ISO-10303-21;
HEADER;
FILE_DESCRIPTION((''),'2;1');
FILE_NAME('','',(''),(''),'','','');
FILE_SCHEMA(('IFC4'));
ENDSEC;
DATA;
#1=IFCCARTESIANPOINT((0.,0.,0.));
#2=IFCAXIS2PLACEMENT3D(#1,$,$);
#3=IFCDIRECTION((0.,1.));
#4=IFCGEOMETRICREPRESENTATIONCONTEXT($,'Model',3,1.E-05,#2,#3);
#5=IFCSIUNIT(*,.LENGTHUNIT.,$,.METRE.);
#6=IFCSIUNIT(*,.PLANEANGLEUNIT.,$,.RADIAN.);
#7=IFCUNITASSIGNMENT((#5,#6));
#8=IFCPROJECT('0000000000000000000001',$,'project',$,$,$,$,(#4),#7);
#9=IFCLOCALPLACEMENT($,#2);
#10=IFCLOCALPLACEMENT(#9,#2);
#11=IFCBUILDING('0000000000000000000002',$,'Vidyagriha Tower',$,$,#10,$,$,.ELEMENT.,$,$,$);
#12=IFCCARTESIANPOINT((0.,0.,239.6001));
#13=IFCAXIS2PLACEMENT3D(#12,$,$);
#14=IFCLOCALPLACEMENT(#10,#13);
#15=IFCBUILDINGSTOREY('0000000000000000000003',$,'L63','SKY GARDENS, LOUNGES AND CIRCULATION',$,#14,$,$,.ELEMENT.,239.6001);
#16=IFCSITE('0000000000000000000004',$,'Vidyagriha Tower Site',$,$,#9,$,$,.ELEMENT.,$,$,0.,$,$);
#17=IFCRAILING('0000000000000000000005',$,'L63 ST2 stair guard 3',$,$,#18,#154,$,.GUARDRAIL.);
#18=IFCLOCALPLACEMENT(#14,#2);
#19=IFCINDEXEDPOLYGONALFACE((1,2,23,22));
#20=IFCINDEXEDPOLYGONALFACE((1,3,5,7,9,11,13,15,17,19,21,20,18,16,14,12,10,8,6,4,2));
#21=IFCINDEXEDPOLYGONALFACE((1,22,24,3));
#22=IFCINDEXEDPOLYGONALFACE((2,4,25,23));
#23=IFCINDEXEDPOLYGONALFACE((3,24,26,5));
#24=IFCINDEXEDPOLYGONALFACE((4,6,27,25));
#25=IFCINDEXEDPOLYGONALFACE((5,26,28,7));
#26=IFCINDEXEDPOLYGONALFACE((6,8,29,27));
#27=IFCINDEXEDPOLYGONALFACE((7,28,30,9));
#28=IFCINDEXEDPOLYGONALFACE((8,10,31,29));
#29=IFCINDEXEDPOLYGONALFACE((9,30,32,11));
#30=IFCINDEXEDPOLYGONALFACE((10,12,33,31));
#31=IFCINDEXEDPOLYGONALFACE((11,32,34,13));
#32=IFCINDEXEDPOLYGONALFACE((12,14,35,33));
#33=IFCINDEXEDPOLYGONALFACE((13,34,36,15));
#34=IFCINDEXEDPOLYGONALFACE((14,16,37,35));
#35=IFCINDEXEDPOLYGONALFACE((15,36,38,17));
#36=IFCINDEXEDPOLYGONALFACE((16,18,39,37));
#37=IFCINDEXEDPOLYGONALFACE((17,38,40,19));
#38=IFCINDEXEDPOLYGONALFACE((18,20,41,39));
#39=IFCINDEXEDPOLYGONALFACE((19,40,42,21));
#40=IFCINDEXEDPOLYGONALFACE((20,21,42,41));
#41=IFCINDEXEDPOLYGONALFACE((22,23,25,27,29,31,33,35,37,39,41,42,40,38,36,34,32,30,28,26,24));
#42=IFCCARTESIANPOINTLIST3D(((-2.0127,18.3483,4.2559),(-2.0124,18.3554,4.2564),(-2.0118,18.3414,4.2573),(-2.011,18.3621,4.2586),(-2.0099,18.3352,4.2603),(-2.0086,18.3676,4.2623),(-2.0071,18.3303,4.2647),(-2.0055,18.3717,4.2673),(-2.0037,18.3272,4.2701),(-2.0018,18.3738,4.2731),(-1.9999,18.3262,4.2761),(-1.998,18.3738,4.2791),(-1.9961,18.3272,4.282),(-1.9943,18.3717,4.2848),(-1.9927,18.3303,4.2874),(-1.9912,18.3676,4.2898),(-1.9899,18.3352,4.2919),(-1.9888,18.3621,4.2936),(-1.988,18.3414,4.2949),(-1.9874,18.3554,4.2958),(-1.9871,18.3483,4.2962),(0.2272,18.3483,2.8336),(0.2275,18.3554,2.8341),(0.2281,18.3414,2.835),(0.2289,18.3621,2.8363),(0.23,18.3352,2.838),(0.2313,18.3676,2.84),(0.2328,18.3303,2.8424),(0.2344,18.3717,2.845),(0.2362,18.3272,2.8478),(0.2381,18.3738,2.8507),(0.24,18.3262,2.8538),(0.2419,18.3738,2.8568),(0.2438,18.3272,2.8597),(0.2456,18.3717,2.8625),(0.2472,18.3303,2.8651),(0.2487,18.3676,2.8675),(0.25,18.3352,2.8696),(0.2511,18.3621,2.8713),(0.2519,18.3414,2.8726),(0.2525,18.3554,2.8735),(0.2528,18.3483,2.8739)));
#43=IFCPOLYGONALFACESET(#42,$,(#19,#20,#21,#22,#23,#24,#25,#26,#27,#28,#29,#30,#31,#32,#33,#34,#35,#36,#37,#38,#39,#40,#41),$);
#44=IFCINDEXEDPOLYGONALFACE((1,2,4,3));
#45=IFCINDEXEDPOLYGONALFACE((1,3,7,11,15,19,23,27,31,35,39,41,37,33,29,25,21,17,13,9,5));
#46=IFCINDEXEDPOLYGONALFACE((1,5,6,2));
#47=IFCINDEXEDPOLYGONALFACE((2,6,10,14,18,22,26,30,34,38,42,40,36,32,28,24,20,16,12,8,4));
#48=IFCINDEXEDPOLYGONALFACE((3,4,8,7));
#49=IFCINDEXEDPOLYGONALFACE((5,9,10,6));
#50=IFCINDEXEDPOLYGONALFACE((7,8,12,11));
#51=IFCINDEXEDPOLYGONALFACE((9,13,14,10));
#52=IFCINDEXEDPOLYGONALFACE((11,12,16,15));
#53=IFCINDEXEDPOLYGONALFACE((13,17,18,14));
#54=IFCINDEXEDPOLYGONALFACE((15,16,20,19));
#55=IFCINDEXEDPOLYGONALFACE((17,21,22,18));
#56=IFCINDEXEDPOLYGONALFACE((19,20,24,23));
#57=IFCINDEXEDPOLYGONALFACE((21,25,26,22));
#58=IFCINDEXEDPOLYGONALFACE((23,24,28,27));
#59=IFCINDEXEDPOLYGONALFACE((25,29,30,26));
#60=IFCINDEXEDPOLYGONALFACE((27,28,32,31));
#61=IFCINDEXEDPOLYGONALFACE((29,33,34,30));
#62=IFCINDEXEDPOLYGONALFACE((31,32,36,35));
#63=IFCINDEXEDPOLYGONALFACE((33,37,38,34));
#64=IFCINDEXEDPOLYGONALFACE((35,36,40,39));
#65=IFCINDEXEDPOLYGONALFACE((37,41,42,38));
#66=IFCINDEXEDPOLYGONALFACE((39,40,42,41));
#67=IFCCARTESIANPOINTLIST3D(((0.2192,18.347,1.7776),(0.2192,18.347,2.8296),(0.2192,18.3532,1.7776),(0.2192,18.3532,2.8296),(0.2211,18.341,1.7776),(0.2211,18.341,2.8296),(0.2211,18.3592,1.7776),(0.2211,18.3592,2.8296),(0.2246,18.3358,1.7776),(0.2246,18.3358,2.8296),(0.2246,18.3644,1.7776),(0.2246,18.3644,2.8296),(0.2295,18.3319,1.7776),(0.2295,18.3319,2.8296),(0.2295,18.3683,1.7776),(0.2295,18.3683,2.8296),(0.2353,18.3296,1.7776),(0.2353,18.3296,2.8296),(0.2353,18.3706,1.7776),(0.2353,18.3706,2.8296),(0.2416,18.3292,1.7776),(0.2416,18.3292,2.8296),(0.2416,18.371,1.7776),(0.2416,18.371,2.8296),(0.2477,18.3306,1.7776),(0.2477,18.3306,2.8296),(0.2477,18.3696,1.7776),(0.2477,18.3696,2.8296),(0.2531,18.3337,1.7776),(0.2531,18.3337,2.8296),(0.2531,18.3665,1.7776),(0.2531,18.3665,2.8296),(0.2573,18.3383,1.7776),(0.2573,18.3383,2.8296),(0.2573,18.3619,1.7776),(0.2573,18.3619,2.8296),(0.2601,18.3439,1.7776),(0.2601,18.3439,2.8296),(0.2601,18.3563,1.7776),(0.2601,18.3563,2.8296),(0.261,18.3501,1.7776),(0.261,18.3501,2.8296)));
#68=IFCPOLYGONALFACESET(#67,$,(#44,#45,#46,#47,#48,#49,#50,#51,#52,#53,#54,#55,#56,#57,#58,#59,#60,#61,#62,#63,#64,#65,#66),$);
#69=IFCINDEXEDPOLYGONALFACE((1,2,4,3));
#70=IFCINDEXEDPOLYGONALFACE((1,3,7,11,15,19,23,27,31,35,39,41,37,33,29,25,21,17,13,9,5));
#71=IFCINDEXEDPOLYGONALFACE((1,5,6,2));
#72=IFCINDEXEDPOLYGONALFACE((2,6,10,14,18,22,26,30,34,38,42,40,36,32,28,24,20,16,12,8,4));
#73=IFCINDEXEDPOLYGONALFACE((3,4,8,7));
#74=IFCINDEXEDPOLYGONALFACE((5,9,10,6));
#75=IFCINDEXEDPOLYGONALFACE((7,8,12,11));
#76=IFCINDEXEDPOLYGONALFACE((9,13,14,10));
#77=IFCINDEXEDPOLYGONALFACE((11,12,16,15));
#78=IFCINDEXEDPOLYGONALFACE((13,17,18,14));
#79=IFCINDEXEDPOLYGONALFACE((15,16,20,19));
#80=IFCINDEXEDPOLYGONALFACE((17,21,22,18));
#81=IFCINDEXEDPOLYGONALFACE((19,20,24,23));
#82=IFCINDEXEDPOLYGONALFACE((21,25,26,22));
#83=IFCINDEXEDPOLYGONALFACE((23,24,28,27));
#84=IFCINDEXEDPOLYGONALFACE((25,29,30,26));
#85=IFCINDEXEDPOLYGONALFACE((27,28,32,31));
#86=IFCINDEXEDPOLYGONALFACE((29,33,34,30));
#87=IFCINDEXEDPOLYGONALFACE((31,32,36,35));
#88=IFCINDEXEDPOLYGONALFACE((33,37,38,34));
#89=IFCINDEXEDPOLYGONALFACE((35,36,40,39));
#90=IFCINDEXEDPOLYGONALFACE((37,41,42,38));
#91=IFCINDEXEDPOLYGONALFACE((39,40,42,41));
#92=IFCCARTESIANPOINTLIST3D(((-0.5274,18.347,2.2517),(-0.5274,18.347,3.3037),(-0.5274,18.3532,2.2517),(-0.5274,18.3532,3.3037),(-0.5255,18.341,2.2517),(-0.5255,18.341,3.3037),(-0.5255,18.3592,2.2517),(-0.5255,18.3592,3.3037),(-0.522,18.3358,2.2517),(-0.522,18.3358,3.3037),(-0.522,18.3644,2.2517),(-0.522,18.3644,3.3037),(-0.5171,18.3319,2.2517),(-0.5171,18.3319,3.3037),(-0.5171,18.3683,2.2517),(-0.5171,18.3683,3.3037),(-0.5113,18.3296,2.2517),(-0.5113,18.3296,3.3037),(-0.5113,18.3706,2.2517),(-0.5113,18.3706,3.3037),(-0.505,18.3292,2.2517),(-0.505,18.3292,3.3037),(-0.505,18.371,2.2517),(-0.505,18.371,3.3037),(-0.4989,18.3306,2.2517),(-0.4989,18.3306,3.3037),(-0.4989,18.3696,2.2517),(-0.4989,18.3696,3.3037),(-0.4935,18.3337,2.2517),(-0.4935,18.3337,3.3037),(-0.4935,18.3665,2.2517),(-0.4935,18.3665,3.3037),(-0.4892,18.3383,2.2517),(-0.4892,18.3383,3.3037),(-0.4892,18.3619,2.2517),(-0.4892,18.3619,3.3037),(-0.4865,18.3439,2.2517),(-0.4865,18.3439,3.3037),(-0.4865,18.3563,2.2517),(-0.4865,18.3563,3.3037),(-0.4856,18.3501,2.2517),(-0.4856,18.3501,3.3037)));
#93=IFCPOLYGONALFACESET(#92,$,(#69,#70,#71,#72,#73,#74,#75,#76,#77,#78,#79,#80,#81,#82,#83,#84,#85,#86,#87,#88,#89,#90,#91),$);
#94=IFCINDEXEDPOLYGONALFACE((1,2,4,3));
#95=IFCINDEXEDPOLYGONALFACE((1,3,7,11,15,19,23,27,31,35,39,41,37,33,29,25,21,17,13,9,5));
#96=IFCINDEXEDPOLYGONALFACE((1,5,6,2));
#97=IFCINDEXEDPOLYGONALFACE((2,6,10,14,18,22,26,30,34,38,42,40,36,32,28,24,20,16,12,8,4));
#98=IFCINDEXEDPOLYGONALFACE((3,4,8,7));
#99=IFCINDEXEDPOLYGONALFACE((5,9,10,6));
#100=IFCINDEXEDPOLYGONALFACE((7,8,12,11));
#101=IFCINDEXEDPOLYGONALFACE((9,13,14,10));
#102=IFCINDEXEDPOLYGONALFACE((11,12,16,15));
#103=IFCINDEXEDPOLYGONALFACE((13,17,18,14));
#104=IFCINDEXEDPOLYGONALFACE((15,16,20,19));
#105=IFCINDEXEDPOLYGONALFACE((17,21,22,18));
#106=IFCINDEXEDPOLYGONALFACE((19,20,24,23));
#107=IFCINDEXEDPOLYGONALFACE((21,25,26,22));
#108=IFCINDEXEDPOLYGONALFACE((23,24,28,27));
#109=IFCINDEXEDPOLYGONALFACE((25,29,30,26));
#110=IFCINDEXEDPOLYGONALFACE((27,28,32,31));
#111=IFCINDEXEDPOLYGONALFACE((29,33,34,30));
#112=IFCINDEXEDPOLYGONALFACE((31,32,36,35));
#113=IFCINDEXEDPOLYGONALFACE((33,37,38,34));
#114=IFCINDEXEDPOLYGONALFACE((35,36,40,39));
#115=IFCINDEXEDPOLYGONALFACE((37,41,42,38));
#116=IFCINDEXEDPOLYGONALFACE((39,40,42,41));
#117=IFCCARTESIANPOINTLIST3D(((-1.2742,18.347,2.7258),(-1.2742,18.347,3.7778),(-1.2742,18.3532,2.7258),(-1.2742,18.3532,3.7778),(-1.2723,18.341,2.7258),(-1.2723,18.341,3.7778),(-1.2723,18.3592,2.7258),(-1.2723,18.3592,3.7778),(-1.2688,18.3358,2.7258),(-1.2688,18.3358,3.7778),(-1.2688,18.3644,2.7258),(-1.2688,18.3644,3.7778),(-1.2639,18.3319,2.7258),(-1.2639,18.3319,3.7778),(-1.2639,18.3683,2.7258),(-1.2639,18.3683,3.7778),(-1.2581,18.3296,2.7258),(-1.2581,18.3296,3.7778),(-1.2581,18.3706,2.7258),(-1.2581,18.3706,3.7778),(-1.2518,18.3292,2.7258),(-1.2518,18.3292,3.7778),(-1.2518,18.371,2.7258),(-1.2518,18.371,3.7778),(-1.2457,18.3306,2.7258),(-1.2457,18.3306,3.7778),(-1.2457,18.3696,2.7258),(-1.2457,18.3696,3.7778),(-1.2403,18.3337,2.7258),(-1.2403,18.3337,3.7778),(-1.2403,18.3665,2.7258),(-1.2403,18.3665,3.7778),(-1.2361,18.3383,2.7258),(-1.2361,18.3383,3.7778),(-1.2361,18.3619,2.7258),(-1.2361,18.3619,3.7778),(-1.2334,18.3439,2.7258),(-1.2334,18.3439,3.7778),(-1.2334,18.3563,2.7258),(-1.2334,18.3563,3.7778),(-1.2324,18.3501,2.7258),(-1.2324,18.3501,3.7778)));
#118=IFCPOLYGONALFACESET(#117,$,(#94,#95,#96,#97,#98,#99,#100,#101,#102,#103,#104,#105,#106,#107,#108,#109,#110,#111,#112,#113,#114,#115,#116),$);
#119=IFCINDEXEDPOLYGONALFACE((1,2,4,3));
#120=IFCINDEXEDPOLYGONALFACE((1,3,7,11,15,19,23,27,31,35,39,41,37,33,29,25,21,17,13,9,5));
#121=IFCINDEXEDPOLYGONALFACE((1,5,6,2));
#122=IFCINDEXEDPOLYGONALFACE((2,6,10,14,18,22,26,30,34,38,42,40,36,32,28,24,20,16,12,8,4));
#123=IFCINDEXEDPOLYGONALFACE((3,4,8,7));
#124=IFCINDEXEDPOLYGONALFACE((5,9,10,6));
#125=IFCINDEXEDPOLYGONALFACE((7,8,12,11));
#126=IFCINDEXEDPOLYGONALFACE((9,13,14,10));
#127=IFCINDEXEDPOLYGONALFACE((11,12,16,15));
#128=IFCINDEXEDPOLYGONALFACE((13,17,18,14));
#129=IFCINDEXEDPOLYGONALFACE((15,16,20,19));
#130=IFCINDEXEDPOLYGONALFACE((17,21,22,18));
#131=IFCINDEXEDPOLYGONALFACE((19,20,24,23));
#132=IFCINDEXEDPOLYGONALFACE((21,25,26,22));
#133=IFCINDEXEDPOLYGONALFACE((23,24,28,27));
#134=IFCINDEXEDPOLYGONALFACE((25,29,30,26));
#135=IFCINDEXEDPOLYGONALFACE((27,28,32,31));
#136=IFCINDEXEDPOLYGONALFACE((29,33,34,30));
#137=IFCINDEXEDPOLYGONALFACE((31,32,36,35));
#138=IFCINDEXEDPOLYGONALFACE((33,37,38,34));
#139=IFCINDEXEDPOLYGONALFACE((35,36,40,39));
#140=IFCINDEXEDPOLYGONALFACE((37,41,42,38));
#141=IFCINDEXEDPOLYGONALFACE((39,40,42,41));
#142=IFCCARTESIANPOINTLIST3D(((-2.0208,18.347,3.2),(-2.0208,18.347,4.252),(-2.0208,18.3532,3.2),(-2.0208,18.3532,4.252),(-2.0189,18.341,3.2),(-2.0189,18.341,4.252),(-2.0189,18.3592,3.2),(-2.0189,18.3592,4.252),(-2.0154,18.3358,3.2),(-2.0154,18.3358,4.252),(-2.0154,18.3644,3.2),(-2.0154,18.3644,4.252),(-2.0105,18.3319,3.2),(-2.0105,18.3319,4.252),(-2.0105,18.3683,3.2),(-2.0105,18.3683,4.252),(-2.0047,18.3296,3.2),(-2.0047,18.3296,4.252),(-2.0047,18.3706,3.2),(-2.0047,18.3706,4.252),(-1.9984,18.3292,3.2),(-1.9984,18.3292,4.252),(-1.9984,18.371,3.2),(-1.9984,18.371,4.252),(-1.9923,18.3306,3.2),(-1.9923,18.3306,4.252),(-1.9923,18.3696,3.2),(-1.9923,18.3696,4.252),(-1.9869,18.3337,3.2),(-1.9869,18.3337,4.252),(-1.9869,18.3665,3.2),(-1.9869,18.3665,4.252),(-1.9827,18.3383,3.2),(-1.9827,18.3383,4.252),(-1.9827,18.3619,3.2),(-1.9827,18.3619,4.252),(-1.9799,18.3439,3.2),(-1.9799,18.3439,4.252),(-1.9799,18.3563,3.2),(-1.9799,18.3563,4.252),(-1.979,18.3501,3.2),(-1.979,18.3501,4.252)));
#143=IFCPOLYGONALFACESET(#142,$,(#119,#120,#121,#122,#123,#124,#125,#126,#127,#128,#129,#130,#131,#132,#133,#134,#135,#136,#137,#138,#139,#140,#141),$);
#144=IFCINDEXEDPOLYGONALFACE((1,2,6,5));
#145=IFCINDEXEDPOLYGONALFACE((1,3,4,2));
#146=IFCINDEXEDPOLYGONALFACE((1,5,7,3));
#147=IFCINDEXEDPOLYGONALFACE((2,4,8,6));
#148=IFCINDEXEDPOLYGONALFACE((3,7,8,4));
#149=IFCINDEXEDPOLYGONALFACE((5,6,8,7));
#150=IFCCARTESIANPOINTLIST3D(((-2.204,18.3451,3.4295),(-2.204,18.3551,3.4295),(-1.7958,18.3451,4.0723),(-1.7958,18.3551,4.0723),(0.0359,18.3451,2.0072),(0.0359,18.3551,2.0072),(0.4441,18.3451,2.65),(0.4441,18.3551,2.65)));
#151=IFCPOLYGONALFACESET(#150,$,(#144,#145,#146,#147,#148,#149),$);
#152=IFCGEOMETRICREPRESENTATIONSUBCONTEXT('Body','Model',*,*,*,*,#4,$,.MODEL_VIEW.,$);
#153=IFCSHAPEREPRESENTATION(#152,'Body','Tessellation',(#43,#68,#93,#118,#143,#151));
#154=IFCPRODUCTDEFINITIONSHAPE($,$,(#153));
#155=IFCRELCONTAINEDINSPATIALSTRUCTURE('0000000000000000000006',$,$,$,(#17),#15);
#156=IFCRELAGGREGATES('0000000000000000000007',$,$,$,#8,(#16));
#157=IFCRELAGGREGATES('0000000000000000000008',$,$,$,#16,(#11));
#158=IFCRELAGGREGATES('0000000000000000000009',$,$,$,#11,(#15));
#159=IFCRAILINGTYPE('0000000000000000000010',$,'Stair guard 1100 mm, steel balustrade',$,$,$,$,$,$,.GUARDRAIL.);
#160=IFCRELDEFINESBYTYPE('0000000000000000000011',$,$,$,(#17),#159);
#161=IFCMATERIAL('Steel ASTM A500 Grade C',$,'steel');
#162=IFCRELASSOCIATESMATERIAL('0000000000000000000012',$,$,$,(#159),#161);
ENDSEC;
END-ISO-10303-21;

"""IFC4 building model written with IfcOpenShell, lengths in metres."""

from ifc_helpers import new_model, si_unit, direction, frame, origin, origin_2d, place, context, subcontext, project, spatial, rectangle, circle, extrude, material, type_object, element, save


model = new_model("IFC4")

# Units and contexts
model_context = context("Model", 3, precision=1e-05, world=origin(), true_north=direction((0.0, 1.0)))
body_context = subcontext(model_context, "Body", "Model", "MODEL_VIEW")
ifc_project = project(units=[si_unit("LENGTHUNIT", "METRE"), si_unit("PLANEANGLEUNIT", "RADIAN")], contexts=[model_context])

# Site, building, storey
site_placement = place(None, origin())
site = spatial("IfcSite", under=ifc_project, at=site_placement, Name="Vidyagriha Tower Site", CompositionType="ELEMENT", RefElevation=0.0)
building_placement = place(site_placement, origin())
building = spatial("IfcBuilding", under=site, at=building_placement, Name="Vidyagriha Tower", CompositionType="ELEMENT")
storey_placement = place(building_placement, frame((0.0, 0.0, 239.6001)))
storey = spatial("IfcBuildingStorey", under=building, at=storey_placement, Name="L63", Description="SKY GARDENS, LOUNGES AND CIRCULATION", CompositionType="ELEMENT", Elevation=239.6001)

# Railing
ifc_material_1 = material(Name="Steel ASTM A500 Grade C", Category="steel")
railing_type_1 = type_object("IfcRailingType", Name="Stair guard 1100 mm, steel balustrade", PredefinedType="GUARDRAIL", material=ifc_material_1)
railing_1_placement = place(storey_placement, frame((0.24, 18.3501, 1.7776)))
element("IfcRailing", 1, at=railing_1_placement, inside=storey, type_object=railing_type_1, Name="L63 ST2 stair guard 3", PredefinedType="GUARDRAIL", context=body_context, shape_type="SweptSolid", body=[
    extrude(circle(Radius=0.0239, at=origin_2d()), frame((0.0, 0.0, 1.0762), z_axis=(-0.844188, 0.0, 0.536048), x_axis=(0.0, -1.0, 0.0)), (0.0, 0.0, 1.0), 2.6533),
    extrude(circle(Radius=0.021, at=origin_2d()), origin(), (0.0, 0.0, 1.0), 1.052),
    extrude(circle(Radius=0.021, at=origin_2d()), frame((-0.7466, 0.0, 0.4741)), (0.0, 0.0, 1.0), 1.052),
    extrude(circle(Radius=0.021, at=origin_2d()), frame((-1.4934, 0.0, 0.9482)), (0.0, 0.0, 1.0), 1.052),
    extrude(circle(Radius=0.021, at=origin_2d()), frame((-2.24, 0.0, 1.4224)), (0.0, 0.0, 1.0), 1.052),
    extrude(rectangle(XDim=0.01, YDim=0.7615, at=origin_2d()), frame((0.0, 0.0, 0.551), z_axis=(-0.844188, 0.0, 0.536048), x_axis=(0.0, -1.0, 0.0)), (0.0, 0.0, 1.0), 2.6533),
])

save(model, "model.ifc")
